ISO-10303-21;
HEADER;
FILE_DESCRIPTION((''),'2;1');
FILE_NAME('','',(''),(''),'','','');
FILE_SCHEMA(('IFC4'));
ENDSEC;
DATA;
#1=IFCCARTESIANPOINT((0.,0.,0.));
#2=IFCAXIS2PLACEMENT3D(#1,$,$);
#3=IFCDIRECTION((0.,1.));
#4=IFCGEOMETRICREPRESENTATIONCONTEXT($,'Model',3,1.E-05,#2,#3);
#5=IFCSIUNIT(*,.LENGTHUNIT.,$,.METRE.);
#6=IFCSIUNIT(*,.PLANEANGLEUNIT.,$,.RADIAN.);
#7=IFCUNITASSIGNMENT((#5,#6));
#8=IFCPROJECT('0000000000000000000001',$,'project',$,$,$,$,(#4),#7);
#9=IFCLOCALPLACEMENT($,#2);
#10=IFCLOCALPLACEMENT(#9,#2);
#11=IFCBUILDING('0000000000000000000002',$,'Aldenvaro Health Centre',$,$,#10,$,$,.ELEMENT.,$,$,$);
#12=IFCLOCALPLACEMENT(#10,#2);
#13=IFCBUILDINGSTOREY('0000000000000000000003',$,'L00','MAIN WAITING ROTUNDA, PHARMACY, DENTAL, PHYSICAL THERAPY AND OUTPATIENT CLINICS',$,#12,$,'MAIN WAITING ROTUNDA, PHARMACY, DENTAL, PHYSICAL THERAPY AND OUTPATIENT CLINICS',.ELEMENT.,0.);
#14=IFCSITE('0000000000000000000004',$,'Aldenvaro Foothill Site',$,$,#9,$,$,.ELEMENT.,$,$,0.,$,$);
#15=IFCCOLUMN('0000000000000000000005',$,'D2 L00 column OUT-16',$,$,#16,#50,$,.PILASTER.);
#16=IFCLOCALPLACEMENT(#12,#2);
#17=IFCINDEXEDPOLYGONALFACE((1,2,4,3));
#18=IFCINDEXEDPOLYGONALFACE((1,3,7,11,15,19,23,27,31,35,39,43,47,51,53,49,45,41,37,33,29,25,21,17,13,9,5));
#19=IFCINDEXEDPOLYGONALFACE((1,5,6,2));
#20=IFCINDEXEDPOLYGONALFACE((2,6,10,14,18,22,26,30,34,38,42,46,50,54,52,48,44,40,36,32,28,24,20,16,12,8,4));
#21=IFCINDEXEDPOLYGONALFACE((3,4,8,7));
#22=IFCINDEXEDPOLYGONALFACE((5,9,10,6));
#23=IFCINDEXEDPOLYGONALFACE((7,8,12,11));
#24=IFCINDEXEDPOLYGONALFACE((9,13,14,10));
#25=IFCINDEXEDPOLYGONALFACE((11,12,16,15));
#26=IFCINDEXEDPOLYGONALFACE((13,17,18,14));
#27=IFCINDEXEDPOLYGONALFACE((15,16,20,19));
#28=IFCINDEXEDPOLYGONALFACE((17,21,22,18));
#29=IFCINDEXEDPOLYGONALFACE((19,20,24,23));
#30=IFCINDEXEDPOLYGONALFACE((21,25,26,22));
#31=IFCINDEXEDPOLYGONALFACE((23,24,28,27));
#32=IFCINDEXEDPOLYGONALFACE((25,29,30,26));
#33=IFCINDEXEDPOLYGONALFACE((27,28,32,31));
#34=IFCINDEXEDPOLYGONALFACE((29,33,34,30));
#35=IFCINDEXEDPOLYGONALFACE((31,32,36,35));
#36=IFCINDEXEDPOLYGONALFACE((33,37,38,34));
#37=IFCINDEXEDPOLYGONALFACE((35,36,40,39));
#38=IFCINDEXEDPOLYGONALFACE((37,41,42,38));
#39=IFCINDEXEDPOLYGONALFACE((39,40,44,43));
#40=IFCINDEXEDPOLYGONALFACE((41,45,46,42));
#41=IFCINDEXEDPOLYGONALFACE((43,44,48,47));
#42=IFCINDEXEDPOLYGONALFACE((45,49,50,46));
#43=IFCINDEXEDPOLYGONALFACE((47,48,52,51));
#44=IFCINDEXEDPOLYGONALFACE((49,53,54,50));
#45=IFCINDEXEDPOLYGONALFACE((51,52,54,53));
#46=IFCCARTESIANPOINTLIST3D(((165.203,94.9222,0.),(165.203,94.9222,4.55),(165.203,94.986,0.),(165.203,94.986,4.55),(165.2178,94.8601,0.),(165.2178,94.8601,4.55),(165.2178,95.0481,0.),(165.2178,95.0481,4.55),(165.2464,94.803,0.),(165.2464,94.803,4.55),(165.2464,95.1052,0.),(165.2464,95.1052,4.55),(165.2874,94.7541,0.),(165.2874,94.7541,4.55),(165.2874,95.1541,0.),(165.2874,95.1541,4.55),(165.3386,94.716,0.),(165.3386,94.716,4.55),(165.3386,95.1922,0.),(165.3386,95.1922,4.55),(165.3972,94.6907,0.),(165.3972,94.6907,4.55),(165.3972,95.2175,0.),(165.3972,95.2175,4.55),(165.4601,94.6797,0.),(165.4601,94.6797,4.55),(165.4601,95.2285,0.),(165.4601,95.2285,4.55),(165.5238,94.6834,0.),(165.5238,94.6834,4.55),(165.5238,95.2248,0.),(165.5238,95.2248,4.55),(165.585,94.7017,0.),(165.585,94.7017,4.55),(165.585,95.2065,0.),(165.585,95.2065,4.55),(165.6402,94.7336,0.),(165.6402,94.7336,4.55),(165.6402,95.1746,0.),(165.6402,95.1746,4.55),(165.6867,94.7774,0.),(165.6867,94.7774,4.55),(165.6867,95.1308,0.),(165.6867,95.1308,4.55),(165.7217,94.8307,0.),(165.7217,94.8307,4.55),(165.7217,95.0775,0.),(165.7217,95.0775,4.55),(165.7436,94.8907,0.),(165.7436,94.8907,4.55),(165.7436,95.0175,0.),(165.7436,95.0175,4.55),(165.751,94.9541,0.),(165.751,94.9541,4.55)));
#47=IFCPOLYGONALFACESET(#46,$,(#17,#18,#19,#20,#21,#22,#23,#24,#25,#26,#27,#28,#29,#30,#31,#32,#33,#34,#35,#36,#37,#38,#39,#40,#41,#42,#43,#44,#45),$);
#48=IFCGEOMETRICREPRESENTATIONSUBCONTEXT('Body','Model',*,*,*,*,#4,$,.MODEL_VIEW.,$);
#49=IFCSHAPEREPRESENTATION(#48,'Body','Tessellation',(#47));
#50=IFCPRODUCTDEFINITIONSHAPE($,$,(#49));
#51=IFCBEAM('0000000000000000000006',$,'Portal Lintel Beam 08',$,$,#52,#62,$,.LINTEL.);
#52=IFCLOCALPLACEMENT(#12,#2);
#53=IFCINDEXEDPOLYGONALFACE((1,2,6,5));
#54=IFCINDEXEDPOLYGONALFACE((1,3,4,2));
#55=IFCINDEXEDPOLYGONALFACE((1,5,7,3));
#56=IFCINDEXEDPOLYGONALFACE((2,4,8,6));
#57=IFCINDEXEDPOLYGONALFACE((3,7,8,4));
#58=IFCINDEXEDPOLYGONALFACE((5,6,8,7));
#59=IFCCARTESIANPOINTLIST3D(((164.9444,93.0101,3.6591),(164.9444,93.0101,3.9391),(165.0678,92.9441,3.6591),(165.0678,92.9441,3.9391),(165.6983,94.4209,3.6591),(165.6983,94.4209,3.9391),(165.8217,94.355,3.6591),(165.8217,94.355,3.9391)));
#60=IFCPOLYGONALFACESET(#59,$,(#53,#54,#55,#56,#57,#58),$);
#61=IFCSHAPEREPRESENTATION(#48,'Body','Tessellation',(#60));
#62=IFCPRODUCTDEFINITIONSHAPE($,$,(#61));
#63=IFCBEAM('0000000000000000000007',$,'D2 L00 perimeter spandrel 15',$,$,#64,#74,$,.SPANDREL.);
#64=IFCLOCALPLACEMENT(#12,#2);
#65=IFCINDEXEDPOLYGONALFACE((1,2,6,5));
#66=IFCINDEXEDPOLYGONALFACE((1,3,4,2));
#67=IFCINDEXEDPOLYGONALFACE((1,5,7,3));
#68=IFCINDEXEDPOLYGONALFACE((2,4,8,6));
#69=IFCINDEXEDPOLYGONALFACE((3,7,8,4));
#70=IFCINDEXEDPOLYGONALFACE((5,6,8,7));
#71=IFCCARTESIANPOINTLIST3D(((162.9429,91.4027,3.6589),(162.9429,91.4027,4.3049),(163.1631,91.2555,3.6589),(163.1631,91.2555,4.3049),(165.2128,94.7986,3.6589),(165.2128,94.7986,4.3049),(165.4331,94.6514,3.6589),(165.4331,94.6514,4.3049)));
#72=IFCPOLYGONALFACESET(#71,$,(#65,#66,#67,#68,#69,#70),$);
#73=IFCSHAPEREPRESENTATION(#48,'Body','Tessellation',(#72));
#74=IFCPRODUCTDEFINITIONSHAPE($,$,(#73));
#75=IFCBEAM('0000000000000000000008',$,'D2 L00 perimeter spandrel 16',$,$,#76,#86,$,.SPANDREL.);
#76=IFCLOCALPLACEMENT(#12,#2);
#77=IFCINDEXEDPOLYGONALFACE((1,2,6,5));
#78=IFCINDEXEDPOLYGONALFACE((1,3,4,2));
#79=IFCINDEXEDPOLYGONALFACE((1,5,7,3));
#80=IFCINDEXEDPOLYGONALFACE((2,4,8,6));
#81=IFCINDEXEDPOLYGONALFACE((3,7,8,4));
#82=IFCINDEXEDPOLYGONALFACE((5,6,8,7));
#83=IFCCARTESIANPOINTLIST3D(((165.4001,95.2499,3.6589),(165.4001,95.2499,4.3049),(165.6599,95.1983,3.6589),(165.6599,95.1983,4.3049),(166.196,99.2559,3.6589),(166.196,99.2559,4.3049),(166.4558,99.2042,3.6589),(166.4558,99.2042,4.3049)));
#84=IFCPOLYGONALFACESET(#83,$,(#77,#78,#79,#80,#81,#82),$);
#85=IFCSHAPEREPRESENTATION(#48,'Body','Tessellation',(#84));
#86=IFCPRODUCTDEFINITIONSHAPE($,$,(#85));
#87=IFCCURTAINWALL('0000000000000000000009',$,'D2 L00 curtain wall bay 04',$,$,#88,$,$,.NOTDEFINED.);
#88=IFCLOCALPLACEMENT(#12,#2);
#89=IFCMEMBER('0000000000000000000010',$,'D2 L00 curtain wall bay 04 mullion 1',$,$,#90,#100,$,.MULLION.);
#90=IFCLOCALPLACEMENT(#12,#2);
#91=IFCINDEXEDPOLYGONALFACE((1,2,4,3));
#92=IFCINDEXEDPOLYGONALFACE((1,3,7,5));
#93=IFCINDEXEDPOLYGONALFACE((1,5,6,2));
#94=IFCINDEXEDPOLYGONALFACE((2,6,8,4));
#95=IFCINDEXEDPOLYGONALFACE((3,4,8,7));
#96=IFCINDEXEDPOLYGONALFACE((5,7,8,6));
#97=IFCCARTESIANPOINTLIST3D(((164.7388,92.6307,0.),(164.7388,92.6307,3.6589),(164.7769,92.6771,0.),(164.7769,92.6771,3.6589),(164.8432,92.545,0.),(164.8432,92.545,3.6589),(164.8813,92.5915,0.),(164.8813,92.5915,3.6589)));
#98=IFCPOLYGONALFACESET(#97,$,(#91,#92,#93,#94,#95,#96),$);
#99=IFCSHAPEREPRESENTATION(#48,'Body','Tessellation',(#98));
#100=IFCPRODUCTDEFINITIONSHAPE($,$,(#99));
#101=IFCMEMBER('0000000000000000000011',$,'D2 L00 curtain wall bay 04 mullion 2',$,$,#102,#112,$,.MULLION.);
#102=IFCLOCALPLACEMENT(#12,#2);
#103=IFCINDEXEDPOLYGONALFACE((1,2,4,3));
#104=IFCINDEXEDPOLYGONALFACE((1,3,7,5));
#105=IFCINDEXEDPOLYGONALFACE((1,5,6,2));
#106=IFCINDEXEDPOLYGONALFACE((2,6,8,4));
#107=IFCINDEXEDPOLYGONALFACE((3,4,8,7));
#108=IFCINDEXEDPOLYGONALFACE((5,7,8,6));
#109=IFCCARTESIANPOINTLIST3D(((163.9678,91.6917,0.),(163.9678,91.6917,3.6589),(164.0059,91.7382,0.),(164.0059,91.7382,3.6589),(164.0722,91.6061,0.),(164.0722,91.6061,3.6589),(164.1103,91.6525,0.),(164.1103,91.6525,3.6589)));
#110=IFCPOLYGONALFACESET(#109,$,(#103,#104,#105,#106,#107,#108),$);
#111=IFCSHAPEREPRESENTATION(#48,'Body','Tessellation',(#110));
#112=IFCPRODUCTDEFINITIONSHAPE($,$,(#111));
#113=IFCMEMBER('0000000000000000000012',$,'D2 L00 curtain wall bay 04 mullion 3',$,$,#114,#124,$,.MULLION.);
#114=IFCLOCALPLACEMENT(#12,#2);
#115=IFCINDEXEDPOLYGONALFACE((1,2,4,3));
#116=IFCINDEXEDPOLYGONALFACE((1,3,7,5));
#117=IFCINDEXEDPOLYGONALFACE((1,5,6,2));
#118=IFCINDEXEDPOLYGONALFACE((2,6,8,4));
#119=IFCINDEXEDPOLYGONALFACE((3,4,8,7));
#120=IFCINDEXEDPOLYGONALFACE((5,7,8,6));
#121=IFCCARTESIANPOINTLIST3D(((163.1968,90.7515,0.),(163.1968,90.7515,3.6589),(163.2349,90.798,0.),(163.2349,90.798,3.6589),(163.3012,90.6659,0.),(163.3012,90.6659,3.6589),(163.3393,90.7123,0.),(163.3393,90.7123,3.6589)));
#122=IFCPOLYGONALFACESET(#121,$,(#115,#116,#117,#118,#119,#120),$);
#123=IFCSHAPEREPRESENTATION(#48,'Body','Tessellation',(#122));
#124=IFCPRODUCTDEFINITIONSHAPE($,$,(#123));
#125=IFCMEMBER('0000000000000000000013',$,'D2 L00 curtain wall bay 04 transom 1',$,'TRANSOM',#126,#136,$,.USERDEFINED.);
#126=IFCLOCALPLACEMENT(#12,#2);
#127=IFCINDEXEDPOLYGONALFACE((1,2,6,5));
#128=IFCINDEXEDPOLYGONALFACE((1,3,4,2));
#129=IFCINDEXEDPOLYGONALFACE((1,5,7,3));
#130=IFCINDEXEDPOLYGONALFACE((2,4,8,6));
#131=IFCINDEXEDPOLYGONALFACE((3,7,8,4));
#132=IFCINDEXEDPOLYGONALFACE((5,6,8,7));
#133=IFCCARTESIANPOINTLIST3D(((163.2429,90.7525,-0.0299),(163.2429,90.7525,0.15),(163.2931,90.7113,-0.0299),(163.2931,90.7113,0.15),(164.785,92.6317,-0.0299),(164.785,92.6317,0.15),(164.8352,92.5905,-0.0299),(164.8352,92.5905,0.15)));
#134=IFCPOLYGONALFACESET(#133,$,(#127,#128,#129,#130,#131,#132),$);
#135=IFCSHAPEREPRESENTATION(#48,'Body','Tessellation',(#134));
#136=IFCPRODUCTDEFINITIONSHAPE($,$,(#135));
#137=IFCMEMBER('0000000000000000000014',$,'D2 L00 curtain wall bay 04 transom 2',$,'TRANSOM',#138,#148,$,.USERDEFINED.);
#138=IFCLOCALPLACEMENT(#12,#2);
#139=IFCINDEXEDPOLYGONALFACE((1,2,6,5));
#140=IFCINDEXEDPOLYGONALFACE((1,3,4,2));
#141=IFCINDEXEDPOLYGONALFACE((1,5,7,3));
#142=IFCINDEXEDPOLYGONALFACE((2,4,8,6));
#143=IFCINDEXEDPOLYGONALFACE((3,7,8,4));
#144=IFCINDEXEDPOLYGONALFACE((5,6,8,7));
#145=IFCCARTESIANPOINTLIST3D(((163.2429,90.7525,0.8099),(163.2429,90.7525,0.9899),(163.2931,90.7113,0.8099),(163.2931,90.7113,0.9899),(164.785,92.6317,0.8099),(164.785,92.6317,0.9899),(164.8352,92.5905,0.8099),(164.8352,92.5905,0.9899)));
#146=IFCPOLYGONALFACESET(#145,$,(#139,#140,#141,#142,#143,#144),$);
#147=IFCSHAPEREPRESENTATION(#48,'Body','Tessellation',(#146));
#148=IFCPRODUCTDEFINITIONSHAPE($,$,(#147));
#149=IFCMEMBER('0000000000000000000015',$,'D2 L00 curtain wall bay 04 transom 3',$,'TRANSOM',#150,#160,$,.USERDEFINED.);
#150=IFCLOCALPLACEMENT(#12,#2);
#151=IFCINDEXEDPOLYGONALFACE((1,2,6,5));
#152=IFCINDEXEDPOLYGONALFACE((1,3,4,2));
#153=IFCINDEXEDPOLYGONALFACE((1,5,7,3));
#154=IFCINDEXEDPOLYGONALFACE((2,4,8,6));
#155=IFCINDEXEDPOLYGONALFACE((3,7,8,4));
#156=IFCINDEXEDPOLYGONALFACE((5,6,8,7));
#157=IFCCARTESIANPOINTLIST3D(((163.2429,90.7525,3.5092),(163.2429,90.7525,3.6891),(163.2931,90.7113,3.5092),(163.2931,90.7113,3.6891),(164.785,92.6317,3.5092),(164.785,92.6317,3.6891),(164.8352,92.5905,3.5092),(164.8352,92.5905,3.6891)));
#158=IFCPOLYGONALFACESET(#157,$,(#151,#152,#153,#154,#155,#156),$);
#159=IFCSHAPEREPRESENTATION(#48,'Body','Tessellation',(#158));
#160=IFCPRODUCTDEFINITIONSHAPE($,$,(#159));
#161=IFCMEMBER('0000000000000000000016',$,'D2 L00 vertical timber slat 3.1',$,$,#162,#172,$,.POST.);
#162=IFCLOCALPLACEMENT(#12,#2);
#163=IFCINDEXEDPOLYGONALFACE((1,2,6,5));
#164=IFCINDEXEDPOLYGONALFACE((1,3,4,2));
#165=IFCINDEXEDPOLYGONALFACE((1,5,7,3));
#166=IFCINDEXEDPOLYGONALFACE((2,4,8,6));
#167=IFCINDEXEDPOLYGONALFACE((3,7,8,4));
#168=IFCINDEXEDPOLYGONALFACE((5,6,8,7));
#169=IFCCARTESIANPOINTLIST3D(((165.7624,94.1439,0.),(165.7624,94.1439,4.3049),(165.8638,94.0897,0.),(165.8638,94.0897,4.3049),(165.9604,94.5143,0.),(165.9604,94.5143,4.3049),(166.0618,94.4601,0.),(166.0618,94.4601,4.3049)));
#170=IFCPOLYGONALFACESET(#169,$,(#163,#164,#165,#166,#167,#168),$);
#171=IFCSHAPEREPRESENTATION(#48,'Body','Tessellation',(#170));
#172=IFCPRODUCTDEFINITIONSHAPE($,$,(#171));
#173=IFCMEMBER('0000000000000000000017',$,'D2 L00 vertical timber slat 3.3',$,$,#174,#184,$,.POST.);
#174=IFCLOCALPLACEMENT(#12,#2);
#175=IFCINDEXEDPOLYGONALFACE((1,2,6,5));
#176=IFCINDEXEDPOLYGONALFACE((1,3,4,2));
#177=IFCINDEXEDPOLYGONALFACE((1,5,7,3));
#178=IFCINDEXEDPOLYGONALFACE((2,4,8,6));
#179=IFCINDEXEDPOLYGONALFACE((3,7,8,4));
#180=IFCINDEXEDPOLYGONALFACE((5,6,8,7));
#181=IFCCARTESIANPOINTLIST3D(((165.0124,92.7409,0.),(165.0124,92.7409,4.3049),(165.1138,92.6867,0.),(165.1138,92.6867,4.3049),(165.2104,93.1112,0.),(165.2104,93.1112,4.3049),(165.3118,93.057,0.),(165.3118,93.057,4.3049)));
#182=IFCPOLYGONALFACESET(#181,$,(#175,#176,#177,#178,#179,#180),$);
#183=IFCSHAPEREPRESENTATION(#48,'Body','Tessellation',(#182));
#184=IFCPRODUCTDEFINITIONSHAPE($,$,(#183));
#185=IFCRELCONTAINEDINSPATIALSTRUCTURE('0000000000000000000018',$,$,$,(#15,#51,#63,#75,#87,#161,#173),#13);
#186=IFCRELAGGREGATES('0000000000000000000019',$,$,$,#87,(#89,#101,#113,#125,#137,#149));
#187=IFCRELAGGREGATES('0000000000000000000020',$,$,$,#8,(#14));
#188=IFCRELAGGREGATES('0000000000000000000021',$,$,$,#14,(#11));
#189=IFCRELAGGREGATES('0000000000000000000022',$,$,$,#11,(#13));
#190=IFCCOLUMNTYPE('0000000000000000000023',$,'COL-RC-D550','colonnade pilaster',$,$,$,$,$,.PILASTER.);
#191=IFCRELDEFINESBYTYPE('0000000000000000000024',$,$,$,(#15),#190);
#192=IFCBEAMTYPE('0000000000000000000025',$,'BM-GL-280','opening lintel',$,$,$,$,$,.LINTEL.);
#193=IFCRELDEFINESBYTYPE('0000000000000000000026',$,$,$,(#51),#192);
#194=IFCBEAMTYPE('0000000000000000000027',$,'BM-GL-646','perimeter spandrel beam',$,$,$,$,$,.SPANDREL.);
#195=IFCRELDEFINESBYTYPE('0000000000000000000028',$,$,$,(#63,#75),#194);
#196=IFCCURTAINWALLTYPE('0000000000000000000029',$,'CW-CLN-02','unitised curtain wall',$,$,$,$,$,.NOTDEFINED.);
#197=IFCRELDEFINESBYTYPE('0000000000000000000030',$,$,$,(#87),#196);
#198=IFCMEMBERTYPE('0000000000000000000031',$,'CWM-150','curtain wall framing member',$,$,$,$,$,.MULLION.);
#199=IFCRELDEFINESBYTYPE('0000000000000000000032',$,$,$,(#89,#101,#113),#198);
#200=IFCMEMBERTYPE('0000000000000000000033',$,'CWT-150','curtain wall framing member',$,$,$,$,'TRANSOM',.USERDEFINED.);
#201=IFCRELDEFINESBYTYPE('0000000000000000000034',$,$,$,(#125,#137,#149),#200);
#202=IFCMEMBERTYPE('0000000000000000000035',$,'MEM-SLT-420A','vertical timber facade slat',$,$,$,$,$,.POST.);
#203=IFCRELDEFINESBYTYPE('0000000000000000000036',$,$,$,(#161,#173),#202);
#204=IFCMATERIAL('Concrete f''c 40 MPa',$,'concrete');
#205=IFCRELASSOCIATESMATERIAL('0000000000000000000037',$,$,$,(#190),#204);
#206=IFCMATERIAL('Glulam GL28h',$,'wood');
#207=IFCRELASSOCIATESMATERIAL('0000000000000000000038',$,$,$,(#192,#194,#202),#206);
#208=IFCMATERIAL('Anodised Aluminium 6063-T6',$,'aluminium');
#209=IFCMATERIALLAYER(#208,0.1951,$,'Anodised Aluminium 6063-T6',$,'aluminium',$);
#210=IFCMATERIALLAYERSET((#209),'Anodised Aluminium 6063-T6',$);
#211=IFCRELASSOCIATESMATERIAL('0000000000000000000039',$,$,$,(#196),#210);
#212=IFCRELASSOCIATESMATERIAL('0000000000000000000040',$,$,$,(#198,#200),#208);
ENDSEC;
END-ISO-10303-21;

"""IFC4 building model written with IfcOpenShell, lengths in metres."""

from ifc_helpers import new_model, si_unit, direction, frame, origin, origin_2d, place, context, subcontext, project, spatial, rectangle, circle, extrude, material, layer, layer_set, material_profile, profile_set, type_object, element, aggregate, save


model = new_model("IFC4")

# Units and contexts
model_context = context("Model", 3, precision=1e-05, world=origin(), true_north=direction((0.0, 1.0)))
body_context = subcontext(model_context, "Body", "Model", "MODEL_VIEW")
ifc_project = project(units=[si_unit("LENGTHUNIT", "METRE"), si_unit("PLANEANGLEUNIT", "RADIAN")], contexts=[model_context])

# Site, building, storey
site_placement = place(None, origin())
site = spatial("IfcSite", under=ifc_project, at=site_placement, Name="Aldenvaro Foothill Site", CompositionType="ELEMENT", RefElevation=0.0)
building_placement = place(site_placement, origin())
building = spatial("IfcBuilding", under=site, at=building_placement, Name="Aldenvaro Health Centre", CompositionType="ELEMENT")
storey_placement = place(building_placement, origin())
storey = spatial("IfcBuildingStorey", under=building, at=storey_placement, Name="L00", Description="MAIN WAITING ROTUNDA, PHARMACY, DENTAL, PHYSICAL THERAPY AND OUTPATIENT CLINICS", LongName="MAIN WAITING ROTUNDA, PHARMACY, DENTAL, PHYSICAL THERAPY AND OUTPATIENT CLINICS", CompositionType="ELEMENT", Elevation=0.0)

# Column
ifc_material_1 = material(Name="Concrete f'c 40 MPa", Category="concrete")
ifc_material_profile_1 = material_profile(ifc_material_1, circle(Radius=0.2749, at=origin_2d()), Name="RC D550", Category="concrete")
ifc_profile_set_1 = profile_set([ifc_material_profile_1], Name="Concrete f'c 40 MPa")
column_type = type_object("IfcColumnType", Name="COL-RC-D550", Description="colonnade pilaster", PredefinedType="PILASTER", material=ifc_profile_set_1)
column_placement = place(storey_placement, frame((165.4761, 94.9541, 0.0), z_axis=(0.0, 0.0, 1.0), x_axis=(1.0, 0.0, 0.0)))
element("IfcColumn", 1, at=column_placement, inside=storey, type_object=column_type, Name="D2 L00 column OUT-16", PredefinedType="PILASTER", context=body_context, shape_type="SweptSolid", body=[
    extrude(circle(Radius=0.2749, at=origin_2d()), origin(), (0.0, 0.0, 1.0), 4.55),
])

# Beams
ifc_material_2 = material(Name="Glulam GL28h", Category="wood")
ifc_material_profile_2 = material_profile(ifc_material_2, rectangle(XDim=0.1399, YDim=0.28, at=origin_2d()), Name="GL 140x280", Category="wood")
ifc_profile_set_2 = profile_set([ifc_material_profile_2], Name="Glulam GL28h")
beam_type_1 = type_object("IfcBeamType", Name="BM-GL-280", Description="opening lintel", PredefinedType="LINTEL", material=ifc_profile_set_2)
beam_1_placement = place(storey_placement, frame((165.76, 94.3879, 3.7991), z_axis=(-0.471285, -0.881981, 0.0), x_axis=(0.881981, -0.471285, 0.0)))
element("IfcBeam", 2, at=beam_1_placement, inside=storey, type_object=beam_type_1, Name="Portal Lintel Beam 08", PredefinedType="LINTEL", context=body_context, shape_type="SweptSolid", body=[
    extrude(rectangle(XDim=0.1399, YDim=0.28, at=origin_2d()), origin(), (0.0, 0.0, 1.0), 1.5996),
])
ifc_material_profile_3 = material_profile(ifc_material_2, rectangle(XDim=0.2649, YDim=0.646, at=origin_2d()), Name="GL 265x646", Category="wood")
ifc_profile_set_3 = profile_set([ifc_material_profile_3], Name="Glulam GL28h")
beam_type_2 = type_object("IfcBeamType", Name="BM-GL-646", Description="perimeter spandrel beam", PredefinedType="SPANDREL", material=ifc_profile_set_3)
beam_2_placement = place(storey_placement, frame((163.053, 91.3291, 3.9819), z_axis=(0.55572, 0.831369, 0.0), x_axis=(-0.831369, 0.55572, 0.0)))
element("IfcBeam", 3, at=beam_2_placement, inside=storey, type_object=beam_type_2, Name="D2 L00 perimeter spandrel 15", PredefinedType="SPANDREL", context=body_context, shape_type="SweptSolid", body=[
    extrude(rectangle(XDim=0.2649, YDim=0.646, at=origin_2d()), origin(), (0.0, 0.0, 1.0), 4.0847),
])
beam_3_placement = place(storey_placement, frame((165.53, 95.2241, 3.9819), z_axis=(0.194874, 0.980828, 0.0), x_axis=(-0.980828, 0.194874, 0.0)))
element("IfcBeam", 4, at=beam_3_placement, inside=storey, type_object=beam_type_2, Name="D2 L00 perimeter spandrel 16", PredefinedType="SPANDREL", context=body_context, shape_type="SweptSolid", body=[
    extrude(rectangle(XDim=0.2649, YDim=0.646, at=origin_2d()), origin(), (0.0, 0.0, 1.0), 4.0842),
])

# Curtain wall, members
ifc_material_3 = material(Name="Anodised Aluminium 6063-T6", Category="aluminium")
ifc_layer_1 = layer(ifc_material_3, 0.1951, Name="Anodised Aluminium 6063-T6", Category="aluminium")
ifc_layer_set_1 = layer_set([ifc_layer_1], Name="Anodised Aluminium 6063-T6")
curtain_wall_type = type_object("IfcCurtainWallType", Name="CW-CLN-02", Description="unitised curtain wall", PredefinedType="NOTDEFINED", material=ifc_layer_set_1)
curtain_wall_placement = place(storey_placement, origin())
curtain_wall = element("IfcCurtainWall", 5, at=curtain_wall_placement, inside=storey, type_object=curtain_wall_type, Name="D2 L00 curtain wall bay 04", PredefinedType="NOTDEFINED")
ifc_material_profile_4 = material_profile(ifc_material_3, rectangle(XDim=0.0601, YDim=0.135, at=origin_2d()), Name="ALU 60x135", Category="aluminium")
ifc_profile_set_4 = profile_set([ifc_material_profile_4], Name="Anodised Aluminium 6063-T6")
member_type_1 = type_object("IfcMemberType", Name="CWM-150", Description="curtain wall framing member", PredefinedType="MULLION", material=ifc_profile_set_4)
member_1_placement = place(storey_placement, frame((164.8101, 92.6111, 0.0), z_axis=(0.0, 0.0, 1.0), x_axis=(-0.63438, -0.773022, 0.0)))
member_1 = element("IfcMember", 6, at=member_1_placement, type_object=member_type_1, Name="D2 L00 curtain wall bay 04 mullion 1", PredefinedType="MULLION", context=body_context, shape_type="SweptSolid", body=[
    extrude(rectangle(XDim=0.0601, YDim=0.135, at=origin_2d()), origin(), (0.0, 0.0, 1.0), 3.6589),
])
member_2_placement = place(storey_placement, frame((164.0391, 91.6721, 0.0), z_axis=(0.0, 0.0, 1.0), x_axis=(-0.63438, -0.773022, 0.0)))
member_2 = element("IfcMember", 7, at=member_2_placement, type_object=member_type_1, Name="D2 L00 curtain wall bay 04 mullion 2", PredefinedType="MULLION", context=body_context, shape_type="SweptSolid", body=[
    extrude(rectangle(XDim=0.0601, YDim=0.135, at=origin_2d()), origin(), (0.0, 0.0, 1.0), 3.6589),
])
member_3_placement = place(storey_placement, frame((163.2681, 90.7319, 0.0), z_axis=(0.0, 0.0, 1.0), x_axis=(-0.63438, -0.773022, 0.0)))
member_3 = element("IfcMember", 8, at=member_3_placement, type_object=member_type_1, Name="D2 L00 curtain wall bay 04 mullion 3", PredefinedType="MULLION", context=body_context, shape_type="SweptSolid", body=[
    extrude(rectangle(XDim=0.0601, YDim=0.135, at=origin_2d()), origin(), (0.0, 0.0, 1.0), 3.6589),
])
ifc_material_profile_5 = material_profile(ifc_material_3, rectangle(XDim=0.0649, YDim=0.1799, at=origin_2d()), Name="ALU 65x180", Category="aluminium")
ifc_profile_set_5 = profile_set([ifc_material_profile_5], Name="Anodised Aluminium 6063-T6")
member_type_2 = type_object("IfcMemberType", Name="CWT-150", Description="curtain wall framing member", ElementType="TRANSOM", PredefinedType="USERDEFINED", material=ifc_profile_set_5)
member_4_placement = place(storey_placement, frame((164.8101, 92.6111, 0.0601), z_axis=(-0.634347, -0.773048, 0.0), x_axis=(0.773048, -0.634347, 0.0)))
member_4 = element("IfcMember", 9, at=member_4_placement, type_object=member_type_2, Name="D2 L00 curtain wall bay 04 transom 1", ObjectType="TRANSOM", PredefinedType="USERDEFINED", context=body_context, shape_type="SweptSolid", body=[
    extrude(rectangle(XDim=0.0649, YDim=0.1799, at=origin_2d()), origin(), (0.0, 0.0, 1.0), 2.4309),
])
member_5_placement = place(storey_placement, frame((164.8101, 92.6111, 0.8999), z_axis=(-0.634347, -0.773048, 0.0), x_axis=(0.773048, -0.634347, 0.0)))
member_5 = element("IfcMember", 10, at=member_5_placement, type_object=member_type_2, Name="D2 L00 curtain wall bay 04 transom 2", ObjectType="TRANSOM", PredefinedType="USERDEFINED", context=body_context, shape_type="SweptSolid", body=[
    extrude(rectangle(XDim=0.0649, YDim=0.1799, at=origin_2d()), origin(), (0.0, 0.0, 1.0), 2.4309),
])
member_6_placement = place(storey_placement, frame((164.8101, 92.6111, 3.5991), z_axis=(-0.634347, -0.773048, 0.0), x_axis=(0.773048, -0.634347, 0.0)))
member_6 = element("IfcMember", 11, at=member_6_placement, type_object=member_type_2, Name="D2 L00 curtain wall bay 04 transom 3", ObjectType="TRANSOM", PredefinedType="USERDEFINED", context=body_context, shape_type="SweptSolid", body=[
    extrude(rectangle(XDim=0.0649, YDim=0.1799, at=origin_2d()), origin(), (0.0, 0.0, 1.0), 2.4309),
])

# Members
ifc_material_profile_6 = material_profile(ifc_material_2, rectangle(XDim=0.115, YDim=0.4199, at=origin_2d()), Name="GL 115x420", Category="wood")
ifc_profile_set_6 = profile_set([ifc_material_profile_6], Name="Glulam GL28h")
member_type_3 = type_object("IfcMemberType", Name="MEM-SLT-420A", Description="vertical timber facade slat", PredefinedType="POST", material=ifc_profile_set_6)
for number, where, z_axis, x_axis, name in (
    (12, (165.9121, 94.302, 0.0), (0.0, 0.0, 1.0), (0.88192, -0.471399, 0.0), "D2 L00 vertical timber slat 3.1"),
    (13, (165.1621, 92.8989, 0.0), (0.0, 0.0, 1.0), (0.88192, -0.471399, 0.0), "D2 L00 vertical timber slat 3.3"),
):
    element("IfcMember", number, at=place(storey_placement, frame(where, z_axis=z_axis, x_axis=x_axis)), inside=storey, type_object=member_type_3, Name=name, PredefinedType="POST", context=body_context, shape_type="SweptSolid", body=[
        extrude(rectangle(XDim=0.115, YDim=0.4199, at=origin_2d()), origin(), (0.0, 0.0, 1.0), 4.3049),
    ])

aggregate(curtain_wall, [member_1, member_2, member_3, member_4, member_5, member_6])

save(model, "model.ifc")
